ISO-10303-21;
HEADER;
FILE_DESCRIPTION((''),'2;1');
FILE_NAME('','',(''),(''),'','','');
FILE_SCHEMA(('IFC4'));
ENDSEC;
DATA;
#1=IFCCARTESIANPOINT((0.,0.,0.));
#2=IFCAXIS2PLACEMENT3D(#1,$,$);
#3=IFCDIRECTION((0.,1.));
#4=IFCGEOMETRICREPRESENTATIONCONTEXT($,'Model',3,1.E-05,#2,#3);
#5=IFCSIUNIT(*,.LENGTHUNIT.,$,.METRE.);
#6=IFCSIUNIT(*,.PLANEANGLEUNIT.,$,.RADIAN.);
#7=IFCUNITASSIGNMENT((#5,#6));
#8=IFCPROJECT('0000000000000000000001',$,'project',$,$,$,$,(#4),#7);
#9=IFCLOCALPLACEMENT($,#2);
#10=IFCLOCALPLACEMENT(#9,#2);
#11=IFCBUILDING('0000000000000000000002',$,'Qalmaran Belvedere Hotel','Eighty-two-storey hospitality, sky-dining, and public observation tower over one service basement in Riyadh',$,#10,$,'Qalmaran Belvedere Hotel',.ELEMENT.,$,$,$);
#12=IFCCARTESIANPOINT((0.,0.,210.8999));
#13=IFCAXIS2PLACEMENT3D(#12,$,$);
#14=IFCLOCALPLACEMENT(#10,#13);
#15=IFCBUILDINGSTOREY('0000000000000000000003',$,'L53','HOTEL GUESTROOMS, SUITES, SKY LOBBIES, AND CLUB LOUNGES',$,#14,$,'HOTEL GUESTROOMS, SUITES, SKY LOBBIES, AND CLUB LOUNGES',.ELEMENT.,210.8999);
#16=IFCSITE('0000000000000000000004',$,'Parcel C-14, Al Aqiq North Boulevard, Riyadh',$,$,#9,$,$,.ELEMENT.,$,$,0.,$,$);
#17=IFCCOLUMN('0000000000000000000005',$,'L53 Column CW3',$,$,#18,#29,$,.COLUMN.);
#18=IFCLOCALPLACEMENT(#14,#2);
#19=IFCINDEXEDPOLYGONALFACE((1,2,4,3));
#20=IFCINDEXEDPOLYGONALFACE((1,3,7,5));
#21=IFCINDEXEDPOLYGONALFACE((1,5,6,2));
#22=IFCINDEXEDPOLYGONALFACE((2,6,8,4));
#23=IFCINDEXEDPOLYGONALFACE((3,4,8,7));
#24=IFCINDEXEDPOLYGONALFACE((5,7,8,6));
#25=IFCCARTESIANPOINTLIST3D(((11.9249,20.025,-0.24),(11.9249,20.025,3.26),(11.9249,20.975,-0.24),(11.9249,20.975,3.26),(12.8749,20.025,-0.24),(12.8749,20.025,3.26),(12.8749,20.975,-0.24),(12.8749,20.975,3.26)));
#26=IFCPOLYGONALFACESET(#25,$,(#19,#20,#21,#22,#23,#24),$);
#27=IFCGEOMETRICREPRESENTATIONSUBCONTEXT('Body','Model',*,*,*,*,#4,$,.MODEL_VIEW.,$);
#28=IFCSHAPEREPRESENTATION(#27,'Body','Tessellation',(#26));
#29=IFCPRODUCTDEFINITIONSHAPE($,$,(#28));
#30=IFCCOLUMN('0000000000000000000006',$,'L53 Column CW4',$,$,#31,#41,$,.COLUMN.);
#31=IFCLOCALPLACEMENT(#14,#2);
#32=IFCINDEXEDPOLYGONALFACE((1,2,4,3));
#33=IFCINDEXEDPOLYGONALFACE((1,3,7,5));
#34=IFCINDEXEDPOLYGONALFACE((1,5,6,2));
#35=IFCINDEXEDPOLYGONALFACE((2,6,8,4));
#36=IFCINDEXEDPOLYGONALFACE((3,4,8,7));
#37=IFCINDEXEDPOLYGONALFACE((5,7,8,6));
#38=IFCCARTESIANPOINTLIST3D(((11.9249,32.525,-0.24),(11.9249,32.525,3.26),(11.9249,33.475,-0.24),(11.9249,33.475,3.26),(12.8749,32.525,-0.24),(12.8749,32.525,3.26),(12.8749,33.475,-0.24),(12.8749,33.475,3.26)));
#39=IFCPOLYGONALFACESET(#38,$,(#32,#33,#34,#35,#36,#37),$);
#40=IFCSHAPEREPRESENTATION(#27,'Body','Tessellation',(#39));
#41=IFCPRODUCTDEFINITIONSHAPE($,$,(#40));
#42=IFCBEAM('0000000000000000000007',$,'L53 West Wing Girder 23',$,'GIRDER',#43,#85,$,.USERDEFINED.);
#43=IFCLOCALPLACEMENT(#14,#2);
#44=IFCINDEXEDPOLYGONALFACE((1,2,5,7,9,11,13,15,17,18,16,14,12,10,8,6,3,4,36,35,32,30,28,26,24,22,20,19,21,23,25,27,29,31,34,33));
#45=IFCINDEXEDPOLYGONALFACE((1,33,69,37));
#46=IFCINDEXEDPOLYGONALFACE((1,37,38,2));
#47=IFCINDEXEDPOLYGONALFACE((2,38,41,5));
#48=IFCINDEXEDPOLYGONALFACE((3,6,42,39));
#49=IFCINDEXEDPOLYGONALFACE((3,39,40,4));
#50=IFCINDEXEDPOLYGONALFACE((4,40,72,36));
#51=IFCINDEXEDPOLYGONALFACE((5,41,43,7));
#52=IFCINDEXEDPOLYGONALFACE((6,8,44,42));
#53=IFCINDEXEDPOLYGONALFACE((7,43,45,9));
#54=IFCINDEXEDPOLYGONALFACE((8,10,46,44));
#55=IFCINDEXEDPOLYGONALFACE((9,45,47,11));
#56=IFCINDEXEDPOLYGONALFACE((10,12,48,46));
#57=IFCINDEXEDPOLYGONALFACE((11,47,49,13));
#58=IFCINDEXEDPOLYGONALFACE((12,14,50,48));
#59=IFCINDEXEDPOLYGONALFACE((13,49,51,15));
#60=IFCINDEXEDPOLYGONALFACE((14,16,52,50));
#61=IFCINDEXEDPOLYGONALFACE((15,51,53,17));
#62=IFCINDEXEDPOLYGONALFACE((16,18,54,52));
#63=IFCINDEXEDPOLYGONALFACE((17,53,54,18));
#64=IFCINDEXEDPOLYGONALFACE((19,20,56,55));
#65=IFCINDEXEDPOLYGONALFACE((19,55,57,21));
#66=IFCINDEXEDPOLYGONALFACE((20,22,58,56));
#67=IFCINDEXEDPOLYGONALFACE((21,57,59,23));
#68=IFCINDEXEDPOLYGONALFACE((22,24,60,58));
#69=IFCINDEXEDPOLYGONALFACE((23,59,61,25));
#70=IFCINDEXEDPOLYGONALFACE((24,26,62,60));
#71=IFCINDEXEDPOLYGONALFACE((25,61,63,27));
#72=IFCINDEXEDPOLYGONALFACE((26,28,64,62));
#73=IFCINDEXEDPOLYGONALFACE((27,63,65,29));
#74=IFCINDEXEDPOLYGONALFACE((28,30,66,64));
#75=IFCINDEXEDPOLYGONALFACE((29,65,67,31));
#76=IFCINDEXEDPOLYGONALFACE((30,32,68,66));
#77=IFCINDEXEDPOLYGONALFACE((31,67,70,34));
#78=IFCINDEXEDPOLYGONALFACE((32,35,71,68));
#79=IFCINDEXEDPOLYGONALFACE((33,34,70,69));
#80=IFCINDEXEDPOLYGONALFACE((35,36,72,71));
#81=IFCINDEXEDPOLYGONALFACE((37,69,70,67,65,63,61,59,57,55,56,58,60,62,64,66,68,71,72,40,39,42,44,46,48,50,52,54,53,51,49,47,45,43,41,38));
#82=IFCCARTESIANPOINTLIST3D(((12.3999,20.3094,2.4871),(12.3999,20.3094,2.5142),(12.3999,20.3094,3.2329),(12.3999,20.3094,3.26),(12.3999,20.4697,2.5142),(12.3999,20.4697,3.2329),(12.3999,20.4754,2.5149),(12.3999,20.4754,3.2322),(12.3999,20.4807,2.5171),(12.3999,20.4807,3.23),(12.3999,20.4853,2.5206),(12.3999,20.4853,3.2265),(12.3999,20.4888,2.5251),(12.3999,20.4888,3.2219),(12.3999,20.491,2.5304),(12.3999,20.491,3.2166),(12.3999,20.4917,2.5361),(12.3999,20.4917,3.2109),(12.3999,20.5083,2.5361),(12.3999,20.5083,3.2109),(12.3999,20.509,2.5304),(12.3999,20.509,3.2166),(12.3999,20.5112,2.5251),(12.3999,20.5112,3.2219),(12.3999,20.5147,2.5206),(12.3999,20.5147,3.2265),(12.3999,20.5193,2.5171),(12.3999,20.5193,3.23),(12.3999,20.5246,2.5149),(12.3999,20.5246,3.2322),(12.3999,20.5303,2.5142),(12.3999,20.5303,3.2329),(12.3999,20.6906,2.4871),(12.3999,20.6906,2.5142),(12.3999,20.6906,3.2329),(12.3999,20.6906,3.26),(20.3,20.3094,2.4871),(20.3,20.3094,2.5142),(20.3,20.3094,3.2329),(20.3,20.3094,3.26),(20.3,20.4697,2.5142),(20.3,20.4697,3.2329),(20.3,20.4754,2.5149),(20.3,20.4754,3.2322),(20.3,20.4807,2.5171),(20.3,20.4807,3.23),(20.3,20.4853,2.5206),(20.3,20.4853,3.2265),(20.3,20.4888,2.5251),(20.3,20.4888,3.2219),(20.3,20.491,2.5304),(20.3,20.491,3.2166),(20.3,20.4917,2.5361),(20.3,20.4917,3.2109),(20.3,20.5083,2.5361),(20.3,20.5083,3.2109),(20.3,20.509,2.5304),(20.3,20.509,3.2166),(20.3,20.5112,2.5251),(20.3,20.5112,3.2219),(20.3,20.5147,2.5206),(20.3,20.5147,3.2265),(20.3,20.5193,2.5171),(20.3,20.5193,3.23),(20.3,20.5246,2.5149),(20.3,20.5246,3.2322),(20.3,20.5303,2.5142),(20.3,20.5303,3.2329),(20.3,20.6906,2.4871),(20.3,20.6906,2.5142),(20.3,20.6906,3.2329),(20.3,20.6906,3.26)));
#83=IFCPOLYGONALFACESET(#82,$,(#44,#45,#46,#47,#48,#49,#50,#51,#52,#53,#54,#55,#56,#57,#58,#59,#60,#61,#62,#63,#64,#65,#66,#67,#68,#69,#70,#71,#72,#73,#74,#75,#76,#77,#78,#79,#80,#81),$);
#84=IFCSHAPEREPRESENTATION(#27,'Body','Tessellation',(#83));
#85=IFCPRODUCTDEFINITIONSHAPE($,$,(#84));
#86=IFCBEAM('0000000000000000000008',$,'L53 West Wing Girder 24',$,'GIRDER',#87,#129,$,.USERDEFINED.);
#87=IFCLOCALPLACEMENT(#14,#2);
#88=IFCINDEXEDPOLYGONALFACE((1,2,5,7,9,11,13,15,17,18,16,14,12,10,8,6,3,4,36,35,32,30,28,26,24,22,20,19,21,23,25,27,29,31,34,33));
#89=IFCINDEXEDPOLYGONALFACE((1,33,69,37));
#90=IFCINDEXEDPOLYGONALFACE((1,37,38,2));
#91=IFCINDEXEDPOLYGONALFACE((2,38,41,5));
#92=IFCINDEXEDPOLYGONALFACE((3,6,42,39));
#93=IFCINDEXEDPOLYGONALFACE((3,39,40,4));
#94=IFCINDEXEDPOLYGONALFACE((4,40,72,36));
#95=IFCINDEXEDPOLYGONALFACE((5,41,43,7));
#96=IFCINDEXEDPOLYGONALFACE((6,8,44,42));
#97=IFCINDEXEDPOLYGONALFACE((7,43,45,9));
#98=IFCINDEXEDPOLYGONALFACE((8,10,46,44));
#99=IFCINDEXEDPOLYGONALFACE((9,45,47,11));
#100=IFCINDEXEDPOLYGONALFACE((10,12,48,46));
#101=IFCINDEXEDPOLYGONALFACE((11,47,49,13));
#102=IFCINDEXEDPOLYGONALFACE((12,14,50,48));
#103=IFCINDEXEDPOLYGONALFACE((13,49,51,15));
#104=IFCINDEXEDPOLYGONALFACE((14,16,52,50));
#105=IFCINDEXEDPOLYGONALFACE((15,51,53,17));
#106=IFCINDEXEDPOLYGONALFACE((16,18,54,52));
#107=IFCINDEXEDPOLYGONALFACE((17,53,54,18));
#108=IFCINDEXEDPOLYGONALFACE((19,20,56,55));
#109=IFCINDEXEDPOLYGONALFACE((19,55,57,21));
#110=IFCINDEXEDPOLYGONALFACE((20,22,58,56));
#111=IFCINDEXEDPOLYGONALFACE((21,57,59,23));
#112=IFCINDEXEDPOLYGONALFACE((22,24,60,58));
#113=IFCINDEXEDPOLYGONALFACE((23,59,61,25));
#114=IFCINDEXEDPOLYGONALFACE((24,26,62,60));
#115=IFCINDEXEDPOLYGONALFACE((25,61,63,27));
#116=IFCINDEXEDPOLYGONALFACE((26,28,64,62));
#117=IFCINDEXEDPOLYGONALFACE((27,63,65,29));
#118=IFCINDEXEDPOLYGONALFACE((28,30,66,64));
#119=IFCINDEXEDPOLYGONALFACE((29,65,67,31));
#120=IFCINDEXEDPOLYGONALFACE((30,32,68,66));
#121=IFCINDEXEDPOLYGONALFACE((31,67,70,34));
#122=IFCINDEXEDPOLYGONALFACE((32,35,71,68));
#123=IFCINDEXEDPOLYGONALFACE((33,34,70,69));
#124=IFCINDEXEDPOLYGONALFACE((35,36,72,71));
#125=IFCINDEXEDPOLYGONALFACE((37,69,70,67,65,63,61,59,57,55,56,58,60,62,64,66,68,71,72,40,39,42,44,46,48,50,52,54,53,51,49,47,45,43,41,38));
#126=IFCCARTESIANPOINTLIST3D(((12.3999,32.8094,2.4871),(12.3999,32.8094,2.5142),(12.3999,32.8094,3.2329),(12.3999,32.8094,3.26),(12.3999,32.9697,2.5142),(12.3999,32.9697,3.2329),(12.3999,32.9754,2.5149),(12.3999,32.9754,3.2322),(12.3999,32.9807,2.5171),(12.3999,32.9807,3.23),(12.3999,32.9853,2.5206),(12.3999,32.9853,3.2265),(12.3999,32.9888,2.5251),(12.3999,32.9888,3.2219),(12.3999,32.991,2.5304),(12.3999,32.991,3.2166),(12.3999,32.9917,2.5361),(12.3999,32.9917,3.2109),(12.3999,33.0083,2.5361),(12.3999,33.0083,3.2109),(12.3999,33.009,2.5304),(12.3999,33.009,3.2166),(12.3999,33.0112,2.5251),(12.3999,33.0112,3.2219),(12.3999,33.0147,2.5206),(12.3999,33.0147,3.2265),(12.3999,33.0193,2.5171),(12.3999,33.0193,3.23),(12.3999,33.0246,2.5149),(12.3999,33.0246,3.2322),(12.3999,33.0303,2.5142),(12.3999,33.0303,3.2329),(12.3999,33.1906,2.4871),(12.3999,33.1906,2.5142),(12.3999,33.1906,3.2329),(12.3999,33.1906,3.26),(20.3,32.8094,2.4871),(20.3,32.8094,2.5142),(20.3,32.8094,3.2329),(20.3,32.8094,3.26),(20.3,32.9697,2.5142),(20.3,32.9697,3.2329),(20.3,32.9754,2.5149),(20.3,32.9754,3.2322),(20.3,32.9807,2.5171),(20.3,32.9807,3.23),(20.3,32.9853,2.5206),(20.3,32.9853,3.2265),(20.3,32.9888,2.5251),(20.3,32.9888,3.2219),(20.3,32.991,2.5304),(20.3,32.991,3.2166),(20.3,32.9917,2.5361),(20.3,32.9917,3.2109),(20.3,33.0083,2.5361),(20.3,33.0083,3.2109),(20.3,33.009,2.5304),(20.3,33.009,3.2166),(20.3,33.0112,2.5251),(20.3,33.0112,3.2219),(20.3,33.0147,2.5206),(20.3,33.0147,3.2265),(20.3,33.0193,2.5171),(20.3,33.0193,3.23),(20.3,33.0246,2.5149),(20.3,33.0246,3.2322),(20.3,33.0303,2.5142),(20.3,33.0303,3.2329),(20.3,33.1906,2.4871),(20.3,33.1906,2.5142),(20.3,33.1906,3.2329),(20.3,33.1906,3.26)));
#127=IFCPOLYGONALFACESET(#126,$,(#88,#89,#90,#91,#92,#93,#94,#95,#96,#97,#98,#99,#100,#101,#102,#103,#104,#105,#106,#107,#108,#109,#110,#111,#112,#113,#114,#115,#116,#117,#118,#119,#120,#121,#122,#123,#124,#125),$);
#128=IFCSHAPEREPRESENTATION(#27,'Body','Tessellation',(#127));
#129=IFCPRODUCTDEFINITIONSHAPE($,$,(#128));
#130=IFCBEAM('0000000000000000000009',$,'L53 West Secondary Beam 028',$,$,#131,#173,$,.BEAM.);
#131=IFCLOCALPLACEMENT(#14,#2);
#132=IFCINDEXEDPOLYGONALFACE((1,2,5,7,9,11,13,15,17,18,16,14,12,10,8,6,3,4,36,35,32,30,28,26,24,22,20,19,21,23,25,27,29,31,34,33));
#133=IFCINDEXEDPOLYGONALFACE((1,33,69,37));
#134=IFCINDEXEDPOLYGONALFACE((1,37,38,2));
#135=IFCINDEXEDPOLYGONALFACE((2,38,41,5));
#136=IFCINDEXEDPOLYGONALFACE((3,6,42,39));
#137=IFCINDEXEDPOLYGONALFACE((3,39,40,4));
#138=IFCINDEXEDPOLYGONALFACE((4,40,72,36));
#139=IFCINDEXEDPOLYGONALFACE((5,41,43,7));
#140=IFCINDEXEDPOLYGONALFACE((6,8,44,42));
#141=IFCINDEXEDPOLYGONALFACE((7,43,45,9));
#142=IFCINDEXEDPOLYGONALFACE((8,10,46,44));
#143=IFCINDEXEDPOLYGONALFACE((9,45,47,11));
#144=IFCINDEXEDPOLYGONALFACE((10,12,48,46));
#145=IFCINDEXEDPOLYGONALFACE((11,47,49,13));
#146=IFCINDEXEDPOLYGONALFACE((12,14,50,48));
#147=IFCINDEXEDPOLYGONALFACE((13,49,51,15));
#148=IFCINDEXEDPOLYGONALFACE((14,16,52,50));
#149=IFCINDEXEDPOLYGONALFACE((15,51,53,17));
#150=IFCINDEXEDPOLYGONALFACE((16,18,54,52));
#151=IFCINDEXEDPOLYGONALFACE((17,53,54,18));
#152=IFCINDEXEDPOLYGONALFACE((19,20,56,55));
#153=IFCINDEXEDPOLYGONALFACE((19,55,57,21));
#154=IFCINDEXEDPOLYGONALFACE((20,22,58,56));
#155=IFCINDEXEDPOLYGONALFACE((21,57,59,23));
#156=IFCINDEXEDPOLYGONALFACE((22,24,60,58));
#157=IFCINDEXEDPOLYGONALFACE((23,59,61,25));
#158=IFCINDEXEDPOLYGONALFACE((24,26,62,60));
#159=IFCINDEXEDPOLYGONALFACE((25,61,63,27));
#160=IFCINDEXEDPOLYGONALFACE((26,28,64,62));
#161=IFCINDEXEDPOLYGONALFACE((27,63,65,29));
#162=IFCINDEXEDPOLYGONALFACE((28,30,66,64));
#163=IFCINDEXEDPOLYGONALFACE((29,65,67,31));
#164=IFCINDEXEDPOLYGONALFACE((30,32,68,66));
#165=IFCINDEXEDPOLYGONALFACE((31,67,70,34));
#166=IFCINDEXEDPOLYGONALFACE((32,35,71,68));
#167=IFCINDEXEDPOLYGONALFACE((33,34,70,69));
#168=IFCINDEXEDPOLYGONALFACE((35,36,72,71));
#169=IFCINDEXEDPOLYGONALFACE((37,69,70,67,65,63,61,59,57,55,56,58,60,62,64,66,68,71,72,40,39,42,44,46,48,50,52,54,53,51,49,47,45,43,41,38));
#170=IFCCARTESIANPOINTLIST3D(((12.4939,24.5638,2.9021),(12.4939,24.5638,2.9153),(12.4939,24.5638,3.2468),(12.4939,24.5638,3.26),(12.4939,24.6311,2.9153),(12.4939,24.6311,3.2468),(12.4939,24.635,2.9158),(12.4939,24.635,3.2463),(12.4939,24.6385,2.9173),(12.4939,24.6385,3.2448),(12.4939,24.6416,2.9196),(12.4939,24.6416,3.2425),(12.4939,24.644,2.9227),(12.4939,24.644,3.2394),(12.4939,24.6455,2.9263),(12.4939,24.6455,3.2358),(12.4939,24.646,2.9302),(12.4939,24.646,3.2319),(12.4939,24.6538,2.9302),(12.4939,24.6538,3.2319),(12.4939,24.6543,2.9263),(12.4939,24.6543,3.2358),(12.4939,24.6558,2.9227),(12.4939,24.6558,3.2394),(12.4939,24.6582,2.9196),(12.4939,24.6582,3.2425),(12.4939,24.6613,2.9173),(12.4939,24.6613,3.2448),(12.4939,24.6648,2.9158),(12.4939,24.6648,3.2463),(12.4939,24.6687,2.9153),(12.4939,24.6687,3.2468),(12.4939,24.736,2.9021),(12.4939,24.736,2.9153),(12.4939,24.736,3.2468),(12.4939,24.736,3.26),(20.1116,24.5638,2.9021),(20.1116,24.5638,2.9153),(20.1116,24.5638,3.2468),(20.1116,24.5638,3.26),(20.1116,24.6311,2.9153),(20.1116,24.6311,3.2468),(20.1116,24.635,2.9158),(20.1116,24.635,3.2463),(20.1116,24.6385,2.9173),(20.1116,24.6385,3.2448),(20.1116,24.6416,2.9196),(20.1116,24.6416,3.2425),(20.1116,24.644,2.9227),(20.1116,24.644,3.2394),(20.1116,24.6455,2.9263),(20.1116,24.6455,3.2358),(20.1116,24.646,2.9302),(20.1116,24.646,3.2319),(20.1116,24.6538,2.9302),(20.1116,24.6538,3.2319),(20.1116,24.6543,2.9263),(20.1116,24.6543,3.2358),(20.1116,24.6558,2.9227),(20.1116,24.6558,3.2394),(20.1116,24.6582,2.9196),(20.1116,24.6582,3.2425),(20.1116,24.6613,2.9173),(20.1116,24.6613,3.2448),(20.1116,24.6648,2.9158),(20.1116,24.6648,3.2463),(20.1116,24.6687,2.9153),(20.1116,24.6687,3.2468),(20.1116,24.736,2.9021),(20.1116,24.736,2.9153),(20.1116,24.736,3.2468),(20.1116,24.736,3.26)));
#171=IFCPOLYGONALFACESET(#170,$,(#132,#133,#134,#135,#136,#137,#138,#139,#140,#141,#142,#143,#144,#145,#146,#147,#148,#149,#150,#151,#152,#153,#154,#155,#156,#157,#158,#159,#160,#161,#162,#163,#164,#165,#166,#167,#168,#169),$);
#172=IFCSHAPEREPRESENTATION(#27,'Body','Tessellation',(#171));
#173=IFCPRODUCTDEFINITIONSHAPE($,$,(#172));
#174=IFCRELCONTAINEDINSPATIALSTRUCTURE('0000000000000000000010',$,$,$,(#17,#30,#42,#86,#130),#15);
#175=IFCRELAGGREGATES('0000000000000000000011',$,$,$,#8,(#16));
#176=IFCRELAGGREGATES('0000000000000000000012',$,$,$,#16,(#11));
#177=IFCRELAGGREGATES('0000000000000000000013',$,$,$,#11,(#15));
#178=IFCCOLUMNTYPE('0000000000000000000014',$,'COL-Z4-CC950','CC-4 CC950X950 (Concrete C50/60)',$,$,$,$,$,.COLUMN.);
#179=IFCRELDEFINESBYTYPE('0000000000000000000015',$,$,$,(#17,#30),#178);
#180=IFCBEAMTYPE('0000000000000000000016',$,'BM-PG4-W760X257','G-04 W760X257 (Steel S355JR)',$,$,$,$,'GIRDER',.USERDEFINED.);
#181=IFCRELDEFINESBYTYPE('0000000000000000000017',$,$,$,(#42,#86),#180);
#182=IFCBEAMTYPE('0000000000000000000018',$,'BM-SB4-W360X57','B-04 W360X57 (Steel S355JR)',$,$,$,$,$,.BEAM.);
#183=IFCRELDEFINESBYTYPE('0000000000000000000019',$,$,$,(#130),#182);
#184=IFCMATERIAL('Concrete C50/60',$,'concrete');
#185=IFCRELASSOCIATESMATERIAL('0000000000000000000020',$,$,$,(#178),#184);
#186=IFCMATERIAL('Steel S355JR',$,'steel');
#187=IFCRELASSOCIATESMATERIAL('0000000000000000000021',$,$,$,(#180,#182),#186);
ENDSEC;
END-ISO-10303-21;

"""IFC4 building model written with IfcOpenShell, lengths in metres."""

from ifc_helpers import new_model, si_unit, direction, frame, origin, origin_2d, place, context, subcontext, project, spatial, rectangle, i_section, extrude, material, material_profile, profile_set, type_object, element, save


model = new_model("IFC4")

# Units and contexts
model_context = context("Model", 3, precision=1e-05, world=origin(), true_north=direction((0.0, 1.0)))
body_context = subcontext(model_context, "Body", "Model", "MODEL_VIEW")
ifc_project = project(units=[si_unit("LENGTHUNIT", "METRE"), si_unit("PLANEANGLEUNIT", "RADIAN")], contexts=[model_context])

# Site, building, storey
site_placement = place(None, origin())
site = spatial("IfcSite", under=ifc_project, at=site_placement, Name="Parcel C-14, Al Aqiq North Boulevard, Riyadh", CompositionType="ELEMENT", RefElevation=0.0)
building_placement = place(site_placement, origin())
building = spatial("IfcBuilding", under=site, at=building_placement, Name="Qalmaran Belvedere Hotel", Description="Eighty-two-storey hospitality, sky-dining, and public observation tower over one service basement in Riyadh", LongName="Qalmaran Belvedere Hotel", CompositionType="ELEMENT")
storey_placement = place(building_placement, frame((0.0, 0.0, 210.8999)))
storey = spatial("IfcBuildingStorey", under=building, at=storey_placement, Name="L53", Description="HOTEL GUESTROOMS, SUITES, SKY LOBBIES, AND CLUB LOUNGES", LongName="HOTEL GUESTROOMS, SUITES, SKY LOBBIES, AND CLUB LOUNGES", CompositionType="ELEMENT", Elevation=210.8999)

# Columns
ifc_material_1 = material(Name="Concrete C50/60", Category="concrete")
ifc_material_profile_1 = material_profile(ifc_material_1, rectangle(XDim=0.95, YDim=0.95, at=origin_2d()), Name="CC950X950")
ifc_profile_set_1 = profile_set([ifc_material_profile_1], Name="Concrete C50/60")
column_type = type_object("IfcColumnType", Name="COL-Z4-CC950", Description="CC-4 CC950X950 (Concrete C50/60)", PredefinedType="COLUMN", material=ifc_profile_set_1)
for number, where, z_axis, x_axis, name in (
    (1, (12.3999, 20.5, -0.24), (0.0, 0.0, 1.0), (1.0, 0.0, 0.0), "L53 Column CW3"),
    (2, (12.3999, 33.0, -0.24), (0.0, 0.0, 1.0), (1.0, 0.0, 0.0), "L53 Column CW4"),
):
    element("IfcColumn", number, at=place(storey_placement, frame(where, z_axis=z_axis, x_axis=x_axis)), inside=storey, type_object=column_type, Name=name, PredefinedType="COLUMN", context=body_context, shape_type="SweptSolid", body=[
        extrude(rectangle(XDim=0.95, YDim=0.95, at=origin_2d()), origin(), (0.0, 0.0, 1.0), 3.5),
    ])

# Beams
ifc_material_2 = material(Name="Steel S355JR", Category="steel")
ifc_material_profile_2 = material_profile(ifc_material_2, i_section(OverallWidth=0.3811, OverallDepth=0.7729, WebThickness=0.0166, FlangeThickness=0.0271, FilletRadius=0.022, at=origin_2d()), Name="W760X257")
ifc_profile_set_2 = profile_set([ifc_material_profile_2], Name="Steel S355JR")
beam_type_1 = type_object("IfcBeamType", Name="BM-PG4-W760X257", Description="G-04 W760X257 (Steel S355JR)", ElementType="GIRDER", PredefinedType="USERDEFINED", material=ifc_profile_set_2)
for number, where, z_axis, x_axis, name in (
    (3, (12.3999, 20.5, 2.8735), (1.0, 0.0, 0.0), (0.0, 1.0, 0.0), "L53 West Wing Girder 23"),
    (4, (12.3999, 33.0, 2.8735), (1.0, 0.0, 0.0), (0.0, 1.0, 0.0), "L53 West Wing Girder 24"),
):
    element("IfcBeam", number, at=place(storey_placement, frame(where, z_axis=z_axis, x_axis=x_axis)), inside=storey, type_object=beam_type_1, Name=name, ObjectType="GIRDER", PredefinedType="USERDEFINED", context=body_context, shape_type="SweptSolid", body=[
        extrude(i_section(OverallWidth=0.3811, OverallDepth=0.7729, WebThickness=0.0166, FlangeThickness=0.0271, FilletRadius=0.022, at=origin_2d()), origin(), (0.0, 0.0, 1.0), 7.9001),
    ])
ifc_material_profile_3 = material_profile(ifc_material_2, i_section(OverallWidth=0.1721, OverallDepth=0.3579, WebThickness=0.0078, FlangeThickness=0.0132, FilletRadius=0.0149, at=origin_2d()), Name="W360X57")
ifc_profile_set_3 = profile_set([ifc_material_profile_3], Name="Steel S355JR")
beam_type_2 = type_object("IfcBeamType", Name="BM-SB4-W360X57", Description="B-04 W360X57 (Steel S355JR)", PredefinedType="BEAM", material=ifc_profile_set_3)
for number, where, z_axis, x_axis, name in (
    (5, (12.4939, 24.6499, 3.0811), (1.0, 0.0, 0.0), (0.0, 1.0, 0.0), "L53 West Secondary Beam 028"),
):
    element("IfcBeam", number, at=place(storey_placement, frame(where, z_axis=z_axis, x_axis=x_axis)), inside=storey, type_object=beam_type_2, Name=name, PredefinedType="BEAM", context=body_context, shape_type="SweptSolid", body=[
        extrude(i_section(OverallWidth=0.1721, OverallDepth=0.3579, WebThickness=0.0078, FlangeThickness=0.0132, FilletRadius=0.0149, at=origin_2d()), origin(), (0.0, 0.0, 1.0), 7.6177),
    ])

save(model, "model.ifc")
